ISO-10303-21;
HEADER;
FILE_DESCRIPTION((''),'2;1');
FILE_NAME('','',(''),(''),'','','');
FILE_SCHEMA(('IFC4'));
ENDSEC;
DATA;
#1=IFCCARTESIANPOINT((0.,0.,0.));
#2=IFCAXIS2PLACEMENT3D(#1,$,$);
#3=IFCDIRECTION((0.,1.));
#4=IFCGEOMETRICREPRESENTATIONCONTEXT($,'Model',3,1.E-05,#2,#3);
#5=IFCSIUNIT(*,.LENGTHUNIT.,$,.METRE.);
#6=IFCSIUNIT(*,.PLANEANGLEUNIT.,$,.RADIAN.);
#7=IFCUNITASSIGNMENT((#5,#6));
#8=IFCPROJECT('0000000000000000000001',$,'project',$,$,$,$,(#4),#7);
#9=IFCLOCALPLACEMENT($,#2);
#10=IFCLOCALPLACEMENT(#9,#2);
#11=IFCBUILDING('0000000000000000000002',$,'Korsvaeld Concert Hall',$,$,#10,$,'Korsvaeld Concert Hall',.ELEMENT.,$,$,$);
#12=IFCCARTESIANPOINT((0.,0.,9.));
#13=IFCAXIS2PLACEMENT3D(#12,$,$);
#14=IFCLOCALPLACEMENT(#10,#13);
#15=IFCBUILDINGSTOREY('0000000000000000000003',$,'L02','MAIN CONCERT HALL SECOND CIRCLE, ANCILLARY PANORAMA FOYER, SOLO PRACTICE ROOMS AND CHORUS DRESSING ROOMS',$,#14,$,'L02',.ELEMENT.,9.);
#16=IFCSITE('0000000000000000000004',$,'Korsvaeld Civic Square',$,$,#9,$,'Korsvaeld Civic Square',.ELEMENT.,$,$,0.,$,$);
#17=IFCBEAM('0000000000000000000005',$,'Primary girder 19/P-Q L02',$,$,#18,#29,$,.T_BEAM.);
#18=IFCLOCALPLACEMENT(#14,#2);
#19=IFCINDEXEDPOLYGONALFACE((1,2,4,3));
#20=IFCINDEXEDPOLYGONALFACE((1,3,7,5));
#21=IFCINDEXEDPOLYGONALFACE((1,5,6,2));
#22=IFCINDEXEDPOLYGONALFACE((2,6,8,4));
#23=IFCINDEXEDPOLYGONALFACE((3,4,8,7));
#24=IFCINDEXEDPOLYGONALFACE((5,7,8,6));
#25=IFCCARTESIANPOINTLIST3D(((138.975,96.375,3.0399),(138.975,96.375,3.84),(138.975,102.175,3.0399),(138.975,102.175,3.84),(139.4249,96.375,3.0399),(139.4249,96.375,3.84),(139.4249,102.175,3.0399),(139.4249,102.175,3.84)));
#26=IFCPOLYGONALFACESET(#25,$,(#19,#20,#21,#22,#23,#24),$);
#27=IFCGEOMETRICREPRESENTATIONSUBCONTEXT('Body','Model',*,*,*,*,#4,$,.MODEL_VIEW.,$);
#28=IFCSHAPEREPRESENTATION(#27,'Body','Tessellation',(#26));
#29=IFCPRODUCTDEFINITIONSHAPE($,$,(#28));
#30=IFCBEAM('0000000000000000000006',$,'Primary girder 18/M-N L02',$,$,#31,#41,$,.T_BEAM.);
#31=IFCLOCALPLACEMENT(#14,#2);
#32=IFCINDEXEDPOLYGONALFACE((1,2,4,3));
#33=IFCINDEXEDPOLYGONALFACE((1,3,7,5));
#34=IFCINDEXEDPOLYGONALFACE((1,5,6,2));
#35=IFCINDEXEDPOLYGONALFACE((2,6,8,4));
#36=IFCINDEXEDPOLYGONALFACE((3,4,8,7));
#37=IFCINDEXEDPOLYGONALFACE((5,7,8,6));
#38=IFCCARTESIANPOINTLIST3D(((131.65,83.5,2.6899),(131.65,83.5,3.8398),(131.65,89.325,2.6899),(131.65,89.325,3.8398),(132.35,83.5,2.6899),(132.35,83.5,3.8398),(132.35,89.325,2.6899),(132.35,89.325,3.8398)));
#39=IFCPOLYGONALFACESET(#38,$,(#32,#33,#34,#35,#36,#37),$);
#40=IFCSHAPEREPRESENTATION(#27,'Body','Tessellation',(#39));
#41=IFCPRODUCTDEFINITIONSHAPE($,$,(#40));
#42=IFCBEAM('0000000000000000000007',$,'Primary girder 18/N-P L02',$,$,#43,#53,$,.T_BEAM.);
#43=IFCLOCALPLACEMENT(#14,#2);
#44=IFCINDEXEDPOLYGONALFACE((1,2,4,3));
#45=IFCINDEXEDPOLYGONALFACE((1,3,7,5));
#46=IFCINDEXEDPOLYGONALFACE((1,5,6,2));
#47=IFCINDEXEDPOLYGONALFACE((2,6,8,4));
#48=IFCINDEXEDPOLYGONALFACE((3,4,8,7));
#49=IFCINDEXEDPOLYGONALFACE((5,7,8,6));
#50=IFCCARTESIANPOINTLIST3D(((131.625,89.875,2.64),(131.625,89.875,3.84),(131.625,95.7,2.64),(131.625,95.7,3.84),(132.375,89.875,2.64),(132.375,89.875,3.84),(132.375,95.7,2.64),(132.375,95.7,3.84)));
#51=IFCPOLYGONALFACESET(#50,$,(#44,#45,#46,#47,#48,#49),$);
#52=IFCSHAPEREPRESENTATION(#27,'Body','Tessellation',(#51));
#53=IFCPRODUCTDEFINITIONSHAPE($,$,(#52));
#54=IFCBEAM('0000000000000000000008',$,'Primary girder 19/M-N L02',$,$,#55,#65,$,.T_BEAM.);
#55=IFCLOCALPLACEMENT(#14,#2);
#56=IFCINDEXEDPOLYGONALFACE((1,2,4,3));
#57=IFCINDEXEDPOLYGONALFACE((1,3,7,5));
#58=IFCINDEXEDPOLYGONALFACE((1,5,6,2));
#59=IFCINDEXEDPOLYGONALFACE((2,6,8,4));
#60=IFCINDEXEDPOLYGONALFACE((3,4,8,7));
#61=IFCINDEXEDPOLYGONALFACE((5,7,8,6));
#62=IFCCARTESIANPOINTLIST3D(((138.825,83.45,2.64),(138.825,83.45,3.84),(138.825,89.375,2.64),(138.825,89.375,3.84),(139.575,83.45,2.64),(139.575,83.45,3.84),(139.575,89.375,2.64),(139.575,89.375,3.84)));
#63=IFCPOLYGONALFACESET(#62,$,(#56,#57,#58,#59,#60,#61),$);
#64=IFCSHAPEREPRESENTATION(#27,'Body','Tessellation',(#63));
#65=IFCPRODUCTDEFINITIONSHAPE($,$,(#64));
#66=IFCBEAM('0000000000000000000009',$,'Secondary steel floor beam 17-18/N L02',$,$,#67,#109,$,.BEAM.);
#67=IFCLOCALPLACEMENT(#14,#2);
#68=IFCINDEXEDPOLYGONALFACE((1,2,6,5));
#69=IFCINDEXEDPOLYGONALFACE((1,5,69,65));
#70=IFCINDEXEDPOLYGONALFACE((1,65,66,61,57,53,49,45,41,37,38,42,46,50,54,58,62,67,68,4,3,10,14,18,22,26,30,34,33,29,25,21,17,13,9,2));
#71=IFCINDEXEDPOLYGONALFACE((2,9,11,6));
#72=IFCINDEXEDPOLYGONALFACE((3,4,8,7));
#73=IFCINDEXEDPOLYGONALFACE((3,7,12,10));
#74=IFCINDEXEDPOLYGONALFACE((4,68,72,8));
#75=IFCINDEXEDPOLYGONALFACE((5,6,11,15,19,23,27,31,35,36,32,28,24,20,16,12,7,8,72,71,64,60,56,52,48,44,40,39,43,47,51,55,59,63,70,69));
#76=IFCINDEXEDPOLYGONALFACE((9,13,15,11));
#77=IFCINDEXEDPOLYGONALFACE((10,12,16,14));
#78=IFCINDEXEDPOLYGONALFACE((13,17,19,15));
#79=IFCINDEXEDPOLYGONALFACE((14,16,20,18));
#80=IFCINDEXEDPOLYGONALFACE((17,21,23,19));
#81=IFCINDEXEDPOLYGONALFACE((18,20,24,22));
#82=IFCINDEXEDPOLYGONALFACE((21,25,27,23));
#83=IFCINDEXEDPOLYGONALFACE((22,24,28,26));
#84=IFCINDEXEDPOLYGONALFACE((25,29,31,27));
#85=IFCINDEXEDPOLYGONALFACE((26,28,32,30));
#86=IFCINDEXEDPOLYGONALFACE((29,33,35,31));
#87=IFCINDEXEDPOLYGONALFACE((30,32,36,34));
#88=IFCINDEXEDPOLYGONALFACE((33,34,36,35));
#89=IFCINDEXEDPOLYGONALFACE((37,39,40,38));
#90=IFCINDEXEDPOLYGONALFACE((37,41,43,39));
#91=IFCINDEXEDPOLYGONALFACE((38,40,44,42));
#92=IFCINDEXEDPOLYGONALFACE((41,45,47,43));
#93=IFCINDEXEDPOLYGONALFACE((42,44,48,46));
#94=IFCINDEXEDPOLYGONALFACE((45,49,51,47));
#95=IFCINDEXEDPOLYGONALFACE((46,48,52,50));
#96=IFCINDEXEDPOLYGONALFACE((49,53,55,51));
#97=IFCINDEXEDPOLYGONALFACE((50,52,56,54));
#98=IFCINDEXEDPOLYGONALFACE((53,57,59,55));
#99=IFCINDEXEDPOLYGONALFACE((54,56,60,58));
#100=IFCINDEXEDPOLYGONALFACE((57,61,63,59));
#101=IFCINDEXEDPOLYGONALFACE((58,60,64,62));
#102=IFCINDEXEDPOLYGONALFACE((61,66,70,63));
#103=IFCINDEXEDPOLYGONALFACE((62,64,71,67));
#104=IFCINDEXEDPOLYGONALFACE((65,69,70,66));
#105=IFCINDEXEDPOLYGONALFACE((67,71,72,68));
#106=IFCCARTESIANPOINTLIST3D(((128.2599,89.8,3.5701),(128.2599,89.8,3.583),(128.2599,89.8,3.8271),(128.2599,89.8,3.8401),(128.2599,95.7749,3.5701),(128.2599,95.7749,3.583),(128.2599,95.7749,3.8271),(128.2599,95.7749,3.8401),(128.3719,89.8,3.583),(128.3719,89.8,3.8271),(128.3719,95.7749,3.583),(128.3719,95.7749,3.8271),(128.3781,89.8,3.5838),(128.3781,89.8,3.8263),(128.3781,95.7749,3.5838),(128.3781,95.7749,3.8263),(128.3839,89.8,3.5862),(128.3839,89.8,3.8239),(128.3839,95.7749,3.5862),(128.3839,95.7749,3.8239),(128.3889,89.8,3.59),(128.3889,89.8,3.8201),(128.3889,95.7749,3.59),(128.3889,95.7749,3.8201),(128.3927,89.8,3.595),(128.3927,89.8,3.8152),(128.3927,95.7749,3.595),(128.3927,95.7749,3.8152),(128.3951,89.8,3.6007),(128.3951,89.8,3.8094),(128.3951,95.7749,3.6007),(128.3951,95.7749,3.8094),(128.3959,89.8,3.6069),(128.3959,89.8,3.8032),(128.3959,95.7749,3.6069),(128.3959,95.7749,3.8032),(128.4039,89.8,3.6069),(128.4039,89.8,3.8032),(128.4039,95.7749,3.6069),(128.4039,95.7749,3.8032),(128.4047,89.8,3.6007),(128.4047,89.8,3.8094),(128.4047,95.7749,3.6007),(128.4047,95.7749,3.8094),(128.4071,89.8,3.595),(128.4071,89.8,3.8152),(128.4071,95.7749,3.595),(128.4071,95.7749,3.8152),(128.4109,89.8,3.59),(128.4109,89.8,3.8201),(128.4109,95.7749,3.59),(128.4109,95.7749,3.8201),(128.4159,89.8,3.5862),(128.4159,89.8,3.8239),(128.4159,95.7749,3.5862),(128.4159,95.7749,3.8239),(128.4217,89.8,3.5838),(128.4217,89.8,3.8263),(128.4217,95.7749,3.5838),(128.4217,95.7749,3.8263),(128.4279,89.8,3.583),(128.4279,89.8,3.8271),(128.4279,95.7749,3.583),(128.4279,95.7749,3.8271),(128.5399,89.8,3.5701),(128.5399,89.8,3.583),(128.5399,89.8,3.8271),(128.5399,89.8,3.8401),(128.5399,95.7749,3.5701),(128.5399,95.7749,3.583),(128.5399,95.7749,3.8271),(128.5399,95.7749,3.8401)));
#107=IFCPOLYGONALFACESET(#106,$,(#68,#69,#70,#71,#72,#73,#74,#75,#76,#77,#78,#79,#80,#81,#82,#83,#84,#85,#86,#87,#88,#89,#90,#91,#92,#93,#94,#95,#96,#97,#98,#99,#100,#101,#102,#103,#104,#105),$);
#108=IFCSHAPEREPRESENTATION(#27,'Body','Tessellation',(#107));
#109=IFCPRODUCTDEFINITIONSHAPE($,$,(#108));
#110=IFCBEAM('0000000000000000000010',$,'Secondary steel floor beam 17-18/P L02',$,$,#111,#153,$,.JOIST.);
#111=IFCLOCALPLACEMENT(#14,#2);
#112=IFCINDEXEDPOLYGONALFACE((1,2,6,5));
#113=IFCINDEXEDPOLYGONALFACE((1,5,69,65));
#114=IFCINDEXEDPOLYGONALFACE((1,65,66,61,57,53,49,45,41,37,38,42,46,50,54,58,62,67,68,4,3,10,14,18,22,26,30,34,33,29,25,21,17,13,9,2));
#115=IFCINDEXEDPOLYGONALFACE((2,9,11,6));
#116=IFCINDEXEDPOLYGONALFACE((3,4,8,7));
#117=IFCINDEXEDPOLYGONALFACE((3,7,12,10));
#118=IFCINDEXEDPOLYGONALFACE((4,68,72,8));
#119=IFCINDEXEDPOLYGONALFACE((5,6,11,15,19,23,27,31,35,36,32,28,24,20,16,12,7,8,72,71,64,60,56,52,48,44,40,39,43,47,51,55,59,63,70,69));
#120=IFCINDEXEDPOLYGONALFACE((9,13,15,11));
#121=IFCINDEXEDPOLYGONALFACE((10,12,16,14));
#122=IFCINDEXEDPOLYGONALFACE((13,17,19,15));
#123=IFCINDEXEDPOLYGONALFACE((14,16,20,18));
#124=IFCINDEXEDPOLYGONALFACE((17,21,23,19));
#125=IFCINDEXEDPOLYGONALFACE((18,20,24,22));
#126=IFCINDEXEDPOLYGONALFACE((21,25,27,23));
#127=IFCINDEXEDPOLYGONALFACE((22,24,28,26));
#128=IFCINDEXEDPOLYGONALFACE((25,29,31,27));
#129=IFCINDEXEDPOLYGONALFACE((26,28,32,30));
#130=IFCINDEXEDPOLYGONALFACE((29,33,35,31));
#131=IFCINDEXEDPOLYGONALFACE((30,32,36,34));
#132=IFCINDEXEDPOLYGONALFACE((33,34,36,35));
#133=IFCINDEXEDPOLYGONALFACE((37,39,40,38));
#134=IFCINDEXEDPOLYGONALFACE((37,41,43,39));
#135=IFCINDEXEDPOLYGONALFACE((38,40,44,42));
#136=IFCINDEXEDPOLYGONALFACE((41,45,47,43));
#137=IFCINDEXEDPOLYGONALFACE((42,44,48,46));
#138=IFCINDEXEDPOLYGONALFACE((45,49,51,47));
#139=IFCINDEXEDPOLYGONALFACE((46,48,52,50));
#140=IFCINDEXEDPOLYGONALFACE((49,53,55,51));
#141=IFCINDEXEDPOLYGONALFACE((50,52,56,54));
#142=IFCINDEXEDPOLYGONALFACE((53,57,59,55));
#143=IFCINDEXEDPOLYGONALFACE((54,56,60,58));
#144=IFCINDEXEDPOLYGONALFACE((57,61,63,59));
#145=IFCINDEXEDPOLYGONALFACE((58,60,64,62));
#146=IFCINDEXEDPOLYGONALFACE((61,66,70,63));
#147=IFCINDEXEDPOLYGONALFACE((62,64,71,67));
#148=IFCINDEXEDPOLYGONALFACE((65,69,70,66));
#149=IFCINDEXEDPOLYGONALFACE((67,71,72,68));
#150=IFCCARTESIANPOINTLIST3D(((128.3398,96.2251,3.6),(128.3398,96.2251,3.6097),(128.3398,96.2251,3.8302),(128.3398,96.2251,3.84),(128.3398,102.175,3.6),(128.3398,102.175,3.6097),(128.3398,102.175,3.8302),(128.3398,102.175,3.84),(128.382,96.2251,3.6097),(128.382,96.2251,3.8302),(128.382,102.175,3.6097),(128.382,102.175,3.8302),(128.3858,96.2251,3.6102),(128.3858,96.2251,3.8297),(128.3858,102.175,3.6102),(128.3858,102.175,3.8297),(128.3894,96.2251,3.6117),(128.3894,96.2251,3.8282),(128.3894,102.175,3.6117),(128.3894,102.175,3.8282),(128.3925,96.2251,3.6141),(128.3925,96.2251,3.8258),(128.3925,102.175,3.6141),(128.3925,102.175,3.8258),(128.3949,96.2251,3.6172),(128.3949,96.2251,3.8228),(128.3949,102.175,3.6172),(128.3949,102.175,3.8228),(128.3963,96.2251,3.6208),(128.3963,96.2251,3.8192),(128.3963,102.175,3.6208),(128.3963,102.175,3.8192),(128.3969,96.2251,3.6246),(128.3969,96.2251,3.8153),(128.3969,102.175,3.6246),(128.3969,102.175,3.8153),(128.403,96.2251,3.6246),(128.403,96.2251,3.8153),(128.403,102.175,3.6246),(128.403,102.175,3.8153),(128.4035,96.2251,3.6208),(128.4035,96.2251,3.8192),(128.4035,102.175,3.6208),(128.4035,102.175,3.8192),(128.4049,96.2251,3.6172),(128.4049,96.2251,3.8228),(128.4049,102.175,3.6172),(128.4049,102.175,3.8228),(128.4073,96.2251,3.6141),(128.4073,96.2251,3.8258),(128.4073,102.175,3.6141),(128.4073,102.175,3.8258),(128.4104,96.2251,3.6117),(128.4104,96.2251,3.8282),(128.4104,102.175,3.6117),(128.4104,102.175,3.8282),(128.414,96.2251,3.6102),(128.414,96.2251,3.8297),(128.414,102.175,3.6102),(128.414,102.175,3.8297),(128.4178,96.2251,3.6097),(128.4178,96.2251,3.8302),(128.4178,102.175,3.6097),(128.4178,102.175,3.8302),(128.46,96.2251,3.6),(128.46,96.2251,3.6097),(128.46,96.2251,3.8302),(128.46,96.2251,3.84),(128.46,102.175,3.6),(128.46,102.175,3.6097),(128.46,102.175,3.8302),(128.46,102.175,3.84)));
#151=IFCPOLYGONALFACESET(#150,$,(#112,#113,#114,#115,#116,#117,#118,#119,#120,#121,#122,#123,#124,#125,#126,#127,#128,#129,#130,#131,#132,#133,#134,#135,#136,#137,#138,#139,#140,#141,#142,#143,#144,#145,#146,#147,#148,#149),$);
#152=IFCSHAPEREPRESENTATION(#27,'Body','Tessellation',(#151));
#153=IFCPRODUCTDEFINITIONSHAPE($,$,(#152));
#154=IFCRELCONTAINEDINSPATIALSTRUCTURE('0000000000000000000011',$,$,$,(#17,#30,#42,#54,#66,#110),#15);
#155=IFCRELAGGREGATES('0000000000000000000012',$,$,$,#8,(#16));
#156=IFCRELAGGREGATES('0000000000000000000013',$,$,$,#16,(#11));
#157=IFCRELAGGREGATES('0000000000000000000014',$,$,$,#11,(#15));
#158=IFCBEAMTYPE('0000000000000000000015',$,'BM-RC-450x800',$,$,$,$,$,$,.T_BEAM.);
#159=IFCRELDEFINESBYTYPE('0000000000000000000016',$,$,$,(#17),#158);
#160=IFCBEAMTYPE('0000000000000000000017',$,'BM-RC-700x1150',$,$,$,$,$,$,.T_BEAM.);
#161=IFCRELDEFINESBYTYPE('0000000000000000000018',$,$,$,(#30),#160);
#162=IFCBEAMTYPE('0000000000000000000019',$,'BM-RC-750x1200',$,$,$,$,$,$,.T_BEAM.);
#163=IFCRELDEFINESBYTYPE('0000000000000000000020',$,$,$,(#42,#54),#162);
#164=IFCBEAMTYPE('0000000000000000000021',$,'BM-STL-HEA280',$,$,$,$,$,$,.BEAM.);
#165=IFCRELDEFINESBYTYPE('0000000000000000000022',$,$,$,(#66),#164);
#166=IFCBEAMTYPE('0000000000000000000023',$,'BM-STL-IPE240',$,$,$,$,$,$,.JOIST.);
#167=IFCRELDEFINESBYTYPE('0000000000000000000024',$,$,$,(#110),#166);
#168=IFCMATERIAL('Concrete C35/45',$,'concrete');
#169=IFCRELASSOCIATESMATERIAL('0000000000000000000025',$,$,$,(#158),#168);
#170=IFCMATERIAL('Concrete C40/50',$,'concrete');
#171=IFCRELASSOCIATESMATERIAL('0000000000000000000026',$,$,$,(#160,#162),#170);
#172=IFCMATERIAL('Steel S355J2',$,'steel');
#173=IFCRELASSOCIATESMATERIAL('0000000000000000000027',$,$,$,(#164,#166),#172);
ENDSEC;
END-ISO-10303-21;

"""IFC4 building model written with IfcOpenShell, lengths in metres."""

from ifc_helpers import new_model, si_unit, direction, frame, origin, origin_2d, place, context, subcontext, project, spatial, rectangle, i_section, extrude, material, material_profile, profile_set, type_object, element, save


model = new_model("IFC4")

# Units and contexts
model_context = context("Model", 3, precision=1e-05, world=origin(), true_north=direction((0.0, 1.0)))
body_context = subcontext(model_context, "Body", "Model", "MODEL_VIEW")
ifc_project = project(units=[si_unit("LENGTHUNIT", "METRE"), si_unit("PLANEANGLEUNIT", "RADIAN")], contexts=[model_context])

# Site, building, storey
site_placement = place(None, origin())
site = spatial("IfcSite", under=ifc_project, at=site_placement, Name="Korsvaeld Civic Square", LongName="Korsvaeld Civic Square", CompositionType="ELEMENT", RefElevation=0.0)
building_placement = place(site_placement, origin())
building = spatial("IfcBuilding", under=site, at=building_placement, Name="Korsvaeld Concert Hall", LongName="Korsvaeld Concert Hall", CompositionType="ELEMENT")
storey_placement = place(building_placement, frame((0.0, 0.0, 9.0)))
storey = spatial("IfcBuildingStorey", under=building, at=storey_placement, Name="L02", Description="MAIN CONCERT HALL SECOND CIRCLE, ANCILLARY PANORAMA FOYER, SOLO PRACTICE ROOMS AND CHORUS DRESSING ROOMS", LongName="L02", CompositionType="ELEMENT", Elevation=9.0)

# Shared definitions
ifc_material_1 = material(Name="Concrete C40/50", Category="concrete")

# Beams
ifc_material_2 = material(Name="Concrete C35/45", Category="concrete")
ifc_material_profile_1 = material_profile(ifc_material_2, rectangle(XDim=0.45, YDim=0.8, at=origin_2d()), Name="RC 450x800")
ifc_profile_set_1 = profile_set([ifc_material_profile_1], Name="Concrete C35/45")
beam_type_1 = type_object("IfcBeamType", Name="BM-RC-450x800", PredefinedType="T_BEAM", material=ifc_profile_set_1)
beam_1_placement = place(storey_placement, frame((139.2, 96.375, 3.4399), z_axis=(0.0, 1.0, 0.0), x_axis=(-1.0, 0.0, 0.0)))
element("IfcBeam", 1, at=beam_1_placement, inside=storey, type_object=beam_type_1, Name="Primary girder 19/P-Q L02", PredefinedType="T_BEAM", context=body_context, shape_type="SweptSolid", body=[
    extrude(rectangle(XDim=0.45, YDim=0.8, at=origin_2d()), origin(), (0.0, 0.0, 1.0), 5.8),
])
ifc_material_profile_2 = material_profile(ifc_material_1, rectangle(XDim=0.7, YDim=1.1499, at=origin_2d()), Name="RC 700x1150")
ifc_profile_set_2 = profile_set([ifc_material_profile_2], Name="Concrete C40/50")
beam_type_2 = type_object("IfcBeamType", Name="BM-RC-700x1150", PredefinedType="T_BEAM", material=ifc_profile_set_2)
beam_2_placement = place(storey_placement, frame((132.0, 83.5, 3.2649), z_axis=(0.0, 1.0, 0.0), x_axis=(-1.0, 0.0, 0.0)))
element("IfcBeam", 2, at=beam_2_placement, inside=storey, type_object=beam_type_2, Name="Primary girder 18/M-N L02", PredefinedType="T_BEAM", context=body_context, shape_type="SweptSolid", body=[
    extrude(rectangle(XDim=0.7, YDim=1.1499, at=origin_2d()), origin(), (0.0, 0.0, 1.0), 5.825),
])
ifc_material_profile_3 = material_profile(ifc_material_1, rectangle(XDim=0.75, YDim=1.2, at=origin_2d()), Name="RC 750x1200")
ifc_profile_set_3 = profile_set([ifc_material_profile_3], Name="Concrete C40/50")
beam_type_3 = type_object("IfcBeamType", Name="BM-RC-750x1200", PredefinedType="T_BEAM", material=ifc_profile_set_3)
beam_3_placement = place(storey_placement, frame((132.0, 89.875, 3.24), z_axis=(0.0, 1.0, 0.0), x_axis=(-1.0, 0.0, 0.0)))
element("IfcBeam", 3, at=beam_3_placement, inside=storey, type_object=beam_type_3, Name="Primary girder 18/N-P L02", PredefinedType="T_BEAM", context=body_context, shape_type="SweptSolid", body=[
    extrude(rectangle(XDim=0.75, YDim=1.2, at=origin_2d()), origin(), (0.0, 0.0, 1.0), 5.825),
])
beam_4_placement = place(storey_placement, frame((139.2, 83.45, 3.24), z_axis=(0.0, 1.0, 0.0), x_axis=(-1.0, 0.0, 0.0)))
element("IfcBeam", 4, at=beam_4_placement, inside=storey, type_object=beam_type_3, Name="Primary girder 19/M-N L02", PredefinedType="T_BEAM", context=body_context, shape_type="SweptSolid", body=[
    extrude(rectangle(XDim=0.75, YDim=1.2, at=origin_2d()), origin(), (0.0, 0.0, 1.0), 5.925),
])
ifc_material_3 = material(Name="Steel S355J2", Category="steel")
ifc_material_profile_4 = material_profile(ifc_material_3, i_section(OverallWidth=0.28, OverallDepth=0.27, WebThickness=0.0081, FlangeThickness=0.0129, FilletRadius=0.0239, at=origin_2d()), Name="HEA 280")
ifc_profile_set_4 = profile_set([ifc_material_profile_4], Name="Steel S355J2")
beam_type_4 = type_object("IfcBeamType", Name="BM-STL-HEA280", PredefinedType="BEAM", material=ifc_profile_set_4)
beam_5_placement = place(storey_placement, frame((128.3999, 89.8, 3.7051), z_axis=(0.0, 1.0, 0.0), x_axis=(-1.0, 0.0, 0.0)))
element("IfcBeam", 5, at=beam_5_placement, inside=storey, type_object=beam_type_4, Name="Secondary steel floor beam 17-18/N L02", PredefinedType="BEAM", context=body_context, shape_type="SweptSolid", body=[
    extrude(i_section(OverallWidth=0.28, OverallDepth=0.27, WebThickness=0.0081, FlangeThickness=0.0129, FilletRadius=0.0239, at=origin_2d()), origin(), (0.0, 0.0, 1.0), 5.9749),
])
ifc_material_profile_5 = material_profile(ifc_material_3, i_section(OverallWidth=0.1201, OverallDepth=0.24, WebThickness=0.0061, FlangeThickness=0.0098, FilletRadius=0.0149, at=origin_2d()), Name="IPE 240")
ifc_profile_set_5 = profile_set([ifc_material_profile_5], Name="Steel S355J2")
beam_type_5 = type_object("IfcBeamType", Name="BM-STL-IPE240", PredefinedType="JOIST", material=ifc_profile_set_5)
beam_6_placement = place(storey_placement, frame((128.3999, 96.2251, 3.72), z_axis=(0.0, 1.0, 0.0), x_axis=(-1.0, 0.0, 0.0)))
element("IfcBeam", 6, at=beam_6_placement, inside=storey, type_object=beam_type_5, Name="Secondary steel floor beam 17-18/P L02", PredefinedType="JOIST", context=body_context, shape_type="SweptSolid", body=[
    extrude(i_section(OverallWidth=0.1201, OverallDepth=0.24, WebThickness=0.0061, FlangeThickness=0.0098, FilletRadius=0.0149, at=origin_2d()), origin(), (0.0, 0.0, 1.0), 5.95),
])

save(model, "model.ifc")
